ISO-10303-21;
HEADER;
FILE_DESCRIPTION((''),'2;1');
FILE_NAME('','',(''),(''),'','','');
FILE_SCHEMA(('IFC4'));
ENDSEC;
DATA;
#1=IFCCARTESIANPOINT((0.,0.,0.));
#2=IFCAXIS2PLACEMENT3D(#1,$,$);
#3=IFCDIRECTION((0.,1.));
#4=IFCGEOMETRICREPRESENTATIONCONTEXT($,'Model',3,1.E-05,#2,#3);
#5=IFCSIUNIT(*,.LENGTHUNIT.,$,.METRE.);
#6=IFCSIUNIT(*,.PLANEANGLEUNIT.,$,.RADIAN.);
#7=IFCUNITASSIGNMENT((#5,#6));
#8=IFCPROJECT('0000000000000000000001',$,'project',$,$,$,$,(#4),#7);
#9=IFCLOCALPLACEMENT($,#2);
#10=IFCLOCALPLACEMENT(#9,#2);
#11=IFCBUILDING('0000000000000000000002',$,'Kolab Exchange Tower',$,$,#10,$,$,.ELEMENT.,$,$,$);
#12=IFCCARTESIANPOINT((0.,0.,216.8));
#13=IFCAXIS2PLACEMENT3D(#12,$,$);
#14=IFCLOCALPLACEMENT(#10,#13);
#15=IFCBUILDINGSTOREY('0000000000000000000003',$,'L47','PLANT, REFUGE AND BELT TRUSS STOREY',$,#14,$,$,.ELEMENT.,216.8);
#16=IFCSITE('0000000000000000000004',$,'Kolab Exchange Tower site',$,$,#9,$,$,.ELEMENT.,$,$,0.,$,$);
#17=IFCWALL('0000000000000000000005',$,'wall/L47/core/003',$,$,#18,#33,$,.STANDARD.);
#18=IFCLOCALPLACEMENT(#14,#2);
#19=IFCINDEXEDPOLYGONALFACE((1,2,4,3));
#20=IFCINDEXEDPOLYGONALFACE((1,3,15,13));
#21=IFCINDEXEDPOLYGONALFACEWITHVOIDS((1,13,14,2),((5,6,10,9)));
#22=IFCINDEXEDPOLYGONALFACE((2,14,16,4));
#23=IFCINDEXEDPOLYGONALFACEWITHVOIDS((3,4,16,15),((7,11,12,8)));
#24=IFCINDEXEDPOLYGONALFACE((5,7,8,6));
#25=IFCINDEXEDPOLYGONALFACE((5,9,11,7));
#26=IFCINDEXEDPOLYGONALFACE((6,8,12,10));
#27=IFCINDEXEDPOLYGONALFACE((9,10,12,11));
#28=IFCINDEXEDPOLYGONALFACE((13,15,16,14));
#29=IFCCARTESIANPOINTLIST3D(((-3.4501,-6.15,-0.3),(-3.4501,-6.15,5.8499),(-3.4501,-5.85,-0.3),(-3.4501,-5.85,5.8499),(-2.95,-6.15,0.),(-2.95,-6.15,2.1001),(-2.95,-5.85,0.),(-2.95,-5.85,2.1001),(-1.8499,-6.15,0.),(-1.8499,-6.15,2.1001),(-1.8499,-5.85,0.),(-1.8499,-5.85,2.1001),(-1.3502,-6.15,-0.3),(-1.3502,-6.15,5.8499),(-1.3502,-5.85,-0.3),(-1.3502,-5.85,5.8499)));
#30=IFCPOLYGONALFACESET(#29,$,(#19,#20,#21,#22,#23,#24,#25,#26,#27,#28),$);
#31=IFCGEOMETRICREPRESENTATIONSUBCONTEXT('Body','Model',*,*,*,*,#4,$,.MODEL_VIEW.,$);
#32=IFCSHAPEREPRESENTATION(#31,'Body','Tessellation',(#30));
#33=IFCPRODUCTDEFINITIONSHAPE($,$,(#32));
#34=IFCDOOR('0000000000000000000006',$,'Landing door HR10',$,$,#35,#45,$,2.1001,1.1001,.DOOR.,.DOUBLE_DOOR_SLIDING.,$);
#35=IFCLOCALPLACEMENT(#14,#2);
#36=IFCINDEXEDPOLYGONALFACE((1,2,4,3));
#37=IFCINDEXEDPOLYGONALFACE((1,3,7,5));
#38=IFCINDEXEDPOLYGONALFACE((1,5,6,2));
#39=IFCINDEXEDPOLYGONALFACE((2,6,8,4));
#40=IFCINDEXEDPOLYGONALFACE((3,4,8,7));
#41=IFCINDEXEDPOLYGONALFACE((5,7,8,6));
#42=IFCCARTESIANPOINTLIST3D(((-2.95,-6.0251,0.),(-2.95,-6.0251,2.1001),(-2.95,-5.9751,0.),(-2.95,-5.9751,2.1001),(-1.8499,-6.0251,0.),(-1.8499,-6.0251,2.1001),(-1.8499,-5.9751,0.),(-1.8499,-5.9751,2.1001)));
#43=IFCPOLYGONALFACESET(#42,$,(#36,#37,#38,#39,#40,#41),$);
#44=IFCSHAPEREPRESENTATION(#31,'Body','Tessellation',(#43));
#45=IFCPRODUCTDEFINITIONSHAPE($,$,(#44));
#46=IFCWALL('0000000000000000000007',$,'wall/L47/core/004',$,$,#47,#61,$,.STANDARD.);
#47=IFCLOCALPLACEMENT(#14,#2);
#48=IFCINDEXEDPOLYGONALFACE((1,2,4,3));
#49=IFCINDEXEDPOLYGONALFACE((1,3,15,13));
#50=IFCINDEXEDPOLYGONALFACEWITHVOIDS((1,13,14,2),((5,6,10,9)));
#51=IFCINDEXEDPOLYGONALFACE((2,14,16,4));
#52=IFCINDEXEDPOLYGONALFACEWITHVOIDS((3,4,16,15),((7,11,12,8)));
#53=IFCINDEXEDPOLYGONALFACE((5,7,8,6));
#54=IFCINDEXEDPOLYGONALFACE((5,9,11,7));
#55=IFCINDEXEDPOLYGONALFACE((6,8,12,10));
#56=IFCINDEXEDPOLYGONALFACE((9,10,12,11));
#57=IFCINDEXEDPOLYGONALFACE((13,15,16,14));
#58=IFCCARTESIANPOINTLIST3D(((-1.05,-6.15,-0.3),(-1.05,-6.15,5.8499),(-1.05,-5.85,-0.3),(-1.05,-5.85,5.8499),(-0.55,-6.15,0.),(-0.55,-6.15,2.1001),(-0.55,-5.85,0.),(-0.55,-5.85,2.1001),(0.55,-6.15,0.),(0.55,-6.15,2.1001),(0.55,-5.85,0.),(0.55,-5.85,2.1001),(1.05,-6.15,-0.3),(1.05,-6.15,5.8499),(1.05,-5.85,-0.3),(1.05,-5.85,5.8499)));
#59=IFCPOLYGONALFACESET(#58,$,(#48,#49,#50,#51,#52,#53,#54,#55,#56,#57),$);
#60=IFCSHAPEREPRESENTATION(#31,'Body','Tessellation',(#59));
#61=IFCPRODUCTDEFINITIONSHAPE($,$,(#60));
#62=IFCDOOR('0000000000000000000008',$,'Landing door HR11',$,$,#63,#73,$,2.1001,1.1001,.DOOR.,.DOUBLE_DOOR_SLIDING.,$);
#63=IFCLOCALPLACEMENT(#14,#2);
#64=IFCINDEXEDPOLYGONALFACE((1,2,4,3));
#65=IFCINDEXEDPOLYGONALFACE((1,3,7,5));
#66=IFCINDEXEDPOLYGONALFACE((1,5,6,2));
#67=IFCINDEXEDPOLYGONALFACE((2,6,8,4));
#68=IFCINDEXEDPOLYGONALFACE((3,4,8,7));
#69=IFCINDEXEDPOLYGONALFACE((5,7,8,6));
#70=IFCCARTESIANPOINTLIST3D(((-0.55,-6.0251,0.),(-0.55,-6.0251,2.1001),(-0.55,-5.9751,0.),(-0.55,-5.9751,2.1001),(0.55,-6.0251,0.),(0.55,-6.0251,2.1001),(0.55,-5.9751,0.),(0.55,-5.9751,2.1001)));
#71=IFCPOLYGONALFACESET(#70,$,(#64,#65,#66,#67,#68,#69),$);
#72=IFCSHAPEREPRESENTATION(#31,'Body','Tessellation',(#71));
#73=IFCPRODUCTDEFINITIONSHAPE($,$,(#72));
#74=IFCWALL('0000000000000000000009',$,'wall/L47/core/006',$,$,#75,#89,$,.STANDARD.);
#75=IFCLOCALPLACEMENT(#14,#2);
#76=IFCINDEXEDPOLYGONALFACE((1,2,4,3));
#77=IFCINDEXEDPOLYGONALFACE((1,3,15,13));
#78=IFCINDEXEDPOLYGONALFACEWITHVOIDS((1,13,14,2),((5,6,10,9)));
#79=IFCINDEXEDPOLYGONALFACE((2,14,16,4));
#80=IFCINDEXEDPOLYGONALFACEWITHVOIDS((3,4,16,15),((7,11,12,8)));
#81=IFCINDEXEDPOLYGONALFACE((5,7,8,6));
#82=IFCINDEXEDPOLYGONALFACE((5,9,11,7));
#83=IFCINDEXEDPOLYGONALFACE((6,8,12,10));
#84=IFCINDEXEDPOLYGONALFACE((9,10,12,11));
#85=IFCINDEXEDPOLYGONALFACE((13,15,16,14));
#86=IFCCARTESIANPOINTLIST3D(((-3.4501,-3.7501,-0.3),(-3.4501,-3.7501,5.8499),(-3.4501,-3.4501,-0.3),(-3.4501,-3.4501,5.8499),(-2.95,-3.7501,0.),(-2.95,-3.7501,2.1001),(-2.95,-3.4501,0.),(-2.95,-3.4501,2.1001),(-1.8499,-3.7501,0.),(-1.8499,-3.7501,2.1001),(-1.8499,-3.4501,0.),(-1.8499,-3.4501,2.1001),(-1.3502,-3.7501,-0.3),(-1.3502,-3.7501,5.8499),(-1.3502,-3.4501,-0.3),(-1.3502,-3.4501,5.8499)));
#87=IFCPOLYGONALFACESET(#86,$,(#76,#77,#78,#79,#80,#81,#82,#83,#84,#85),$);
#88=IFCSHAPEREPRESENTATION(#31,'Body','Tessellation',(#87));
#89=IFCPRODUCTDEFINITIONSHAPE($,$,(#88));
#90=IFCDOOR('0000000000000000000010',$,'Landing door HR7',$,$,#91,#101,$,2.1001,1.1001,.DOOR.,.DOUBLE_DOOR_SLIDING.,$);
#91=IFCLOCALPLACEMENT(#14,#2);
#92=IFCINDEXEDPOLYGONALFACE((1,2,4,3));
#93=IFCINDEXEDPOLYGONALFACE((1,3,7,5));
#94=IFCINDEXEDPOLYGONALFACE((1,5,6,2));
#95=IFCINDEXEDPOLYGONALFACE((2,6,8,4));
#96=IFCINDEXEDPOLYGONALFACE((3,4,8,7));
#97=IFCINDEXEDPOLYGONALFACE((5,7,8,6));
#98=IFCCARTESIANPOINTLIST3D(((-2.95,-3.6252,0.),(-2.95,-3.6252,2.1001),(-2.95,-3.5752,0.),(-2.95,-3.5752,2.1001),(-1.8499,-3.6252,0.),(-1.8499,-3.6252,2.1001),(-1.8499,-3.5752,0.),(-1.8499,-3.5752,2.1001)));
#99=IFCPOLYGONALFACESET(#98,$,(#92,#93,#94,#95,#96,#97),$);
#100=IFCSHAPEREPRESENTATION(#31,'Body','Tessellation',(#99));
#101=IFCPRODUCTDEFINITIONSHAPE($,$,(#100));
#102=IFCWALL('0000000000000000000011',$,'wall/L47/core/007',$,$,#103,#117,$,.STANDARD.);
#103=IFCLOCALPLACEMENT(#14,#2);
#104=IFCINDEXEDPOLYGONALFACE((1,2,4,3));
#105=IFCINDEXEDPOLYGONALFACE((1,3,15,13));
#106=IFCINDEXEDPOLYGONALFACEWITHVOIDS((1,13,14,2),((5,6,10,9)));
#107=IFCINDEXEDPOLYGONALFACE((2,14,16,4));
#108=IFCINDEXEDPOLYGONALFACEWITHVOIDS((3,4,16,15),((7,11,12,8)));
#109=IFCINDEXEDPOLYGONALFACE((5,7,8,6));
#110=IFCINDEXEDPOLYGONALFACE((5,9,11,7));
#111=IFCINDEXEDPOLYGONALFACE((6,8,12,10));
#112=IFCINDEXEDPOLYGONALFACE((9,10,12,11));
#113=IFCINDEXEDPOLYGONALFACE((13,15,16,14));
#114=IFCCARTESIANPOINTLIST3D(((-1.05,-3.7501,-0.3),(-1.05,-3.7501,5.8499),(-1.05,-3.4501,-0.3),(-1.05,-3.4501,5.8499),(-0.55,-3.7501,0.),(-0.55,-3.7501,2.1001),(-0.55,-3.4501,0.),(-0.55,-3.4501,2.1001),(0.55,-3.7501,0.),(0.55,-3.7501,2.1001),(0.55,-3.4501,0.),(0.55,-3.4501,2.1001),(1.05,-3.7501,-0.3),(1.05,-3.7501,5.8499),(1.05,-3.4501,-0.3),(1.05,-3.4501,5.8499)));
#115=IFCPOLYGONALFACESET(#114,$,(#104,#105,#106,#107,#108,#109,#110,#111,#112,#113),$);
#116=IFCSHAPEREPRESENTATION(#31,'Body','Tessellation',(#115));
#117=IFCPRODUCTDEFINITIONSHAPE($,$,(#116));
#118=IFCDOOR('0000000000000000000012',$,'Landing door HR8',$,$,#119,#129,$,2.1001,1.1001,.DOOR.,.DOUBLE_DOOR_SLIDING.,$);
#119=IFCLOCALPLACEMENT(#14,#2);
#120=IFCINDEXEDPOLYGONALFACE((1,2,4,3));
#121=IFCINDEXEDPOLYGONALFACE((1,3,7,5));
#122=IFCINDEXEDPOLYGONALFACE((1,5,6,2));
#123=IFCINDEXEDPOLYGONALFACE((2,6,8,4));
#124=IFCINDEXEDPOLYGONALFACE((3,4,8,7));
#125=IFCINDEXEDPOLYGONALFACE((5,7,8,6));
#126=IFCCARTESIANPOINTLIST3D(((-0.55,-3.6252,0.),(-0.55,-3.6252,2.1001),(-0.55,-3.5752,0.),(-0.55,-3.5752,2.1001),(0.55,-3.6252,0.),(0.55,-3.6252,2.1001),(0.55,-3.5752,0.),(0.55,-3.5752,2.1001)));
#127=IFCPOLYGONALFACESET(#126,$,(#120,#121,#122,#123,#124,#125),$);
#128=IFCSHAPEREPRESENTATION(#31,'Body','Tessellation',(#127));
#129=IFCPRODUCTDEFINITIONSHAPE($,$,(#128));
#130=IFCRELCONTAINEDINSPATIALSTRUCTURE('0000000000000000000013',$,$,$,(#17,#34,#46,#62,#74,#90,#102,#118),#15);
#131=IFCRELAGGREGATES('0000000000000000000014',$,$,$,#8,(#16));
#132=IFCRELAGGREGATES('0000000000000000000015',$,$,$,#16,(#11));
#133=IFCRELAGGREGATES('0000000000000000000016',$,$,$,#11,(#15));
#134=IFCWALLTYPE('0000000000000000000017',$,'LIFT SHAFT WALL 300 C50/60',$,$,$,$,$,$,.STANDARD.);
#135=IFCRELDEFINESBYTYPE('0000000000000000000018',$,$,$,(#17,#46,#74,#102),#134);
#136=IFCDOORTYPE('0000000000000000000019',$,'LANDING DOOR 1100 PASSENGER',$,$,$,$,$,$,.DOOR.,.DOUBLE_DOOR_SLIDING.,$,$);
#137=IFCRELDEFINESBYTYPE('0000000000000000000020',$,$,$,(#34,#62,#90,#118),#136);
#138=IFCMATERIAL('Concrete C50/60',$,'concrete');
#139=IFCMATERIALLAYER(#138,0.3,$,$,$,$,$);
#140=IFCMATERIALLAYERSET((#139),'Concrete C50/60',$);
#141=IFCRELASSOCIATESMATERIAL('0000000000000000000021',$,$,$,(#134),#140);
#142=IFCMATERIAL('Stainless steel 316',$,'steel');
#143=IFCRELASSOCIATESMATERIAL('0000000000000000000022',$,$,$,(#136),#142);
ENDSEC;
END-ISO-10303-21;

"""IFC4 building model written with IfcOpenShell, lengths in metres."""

from ifc_helpers import new_model, si_unit, direction, frame, frame_2d, origin, place, context, subcontext, project, spatial, rectangle, extrude, material, layer, layer_set, type_object, element, fill, save


model = new_model("IFC4")

# Units and contexts
model_context = context("Model", 3, precision=1e-05, world=origin(), true_north=direction((0.0, 1.0)))
body_context = subcontext(model_context, "Body", "Model", "MODEL_VIEW")
ifc_project = project(units=[si_unit("LENGTHUNIT", "METRE"), si_unit("PLANEANGLEUNIT", "RADIAN")], contexts=[model_context])

# Site, building, storey
site_placement = place(None, origin())
site = spatial("IfcSite", under=ifc_project, at=site_placement, Name="Kolab Exchange Tower site", CompositionType="ELEMENT", RefElevation=0.0)
building_placement = place(site_placement, origin())
building = spatial("IfcBuilding", under=site, at=building_placement, Name="Kolab Exchange Tower", CompositionType="ELEMENT")
storey_placement = place(building_placement, frame((0.0, 0.0, 216.8)))
storey = spatial("IfcBuildingStorey", under=building, at=storey_placement, Name="L47", Description="PLANT, REFUGE AND BELT TRUSS STOREY", CompositionType="ELEMENT", Elevation=216.8)

# Walls, openings, doors
ifc_material_1 = material(Name="Concrete C50/60", Category="concrete")
ifc_layer_1 = layer(ifc_material_1, 0.3)
ifc_layer_set_1 = layer_set([ifc_layer_1], Name="Concrete C50/60")
wall_type_1 = type_object("IfcWallType", Name="LIFT SHAFT WALL 300 C50/60", PredefinedType="STANDARD", material=ifc_layer_set_1)
wall_1_placement = place(storey_placement, frame((-3.45, -6.0, -0.3), z_axis=(0.0, 0.0, 1.0), x_axis=(1.0, 0.0, 0.0)))
wall_1 = element("IfcWall", 1, at=wall_1_placement, inside=storey, type_object=wall_type_1, Name="wall/L47/core/003", PredefinedType="STANDARD", context=body_context, shape_type="SweptSolid", body=[
    extrude(rectangle(XDim=2.0999, YDim=0.3, at=frame_2d((1.0498, 0.0))), origin(), (0.0, 0.0, 1.0), 6.1499),
])
opening_1_placement = place(wall_1_placement, frame((0.5, 0.0, 0.3)))
opening_1 = element("IfcOpeningElement", 2, at=opening_1_placement, cuts=wall_1, PredefinedType="OPENING", context=body_context, shape_type="SweptSolid", body=[
    extrude(rectangle(XDim=1.1001, YDim=2.1001, at=frame_2d((0.55, 1.05))), frame((0.0, 0.1602, 0.0), z_axis=(0.0, -1.0, 0.0), x_axis=(1.0, 0.0, 0.0)), (0.0, 0.0, 1.0), 0.3201),
])
ifc_material_2 = material(Name="Stainless steel 316", Category="steel")
door_type_1 = type_object("IfcDoorType", Name="LANDING DOOR 1100 PASSENGER", OperationType="DOUBLE_DOOR_SLIDING", PredefinedType="DOOR", material=ifc_material_2)
door_1_placement = place(opening_1_placement, origin())
door_1 = element("IfcDoor", 3, at=door_1_placement, inside=storey, type_object=door_type_1, Name="Landing door HR10", OperationType="DOUBLE_DOOR_SLIDING", OverallHeight=2.1001, OverallWidth=1.1001, PredefinedType="DOOR", context=body_context, shape_type="SweptSolid", body=[
    extrude(rectangle(XDim=1.1001, YDim=2.1001, at=frame_2d((0.55, 1.05))), frame((0.0, 0.0249, 0.0), z_axis=(0.0, -1.0, 0.0), x_axis=(1.0, 0.0, 0.0)), (0.0, 0.0, 1.0), 0.05),
])
fill(opening_1, door_1)
wall_2_placement = place(storey_placement, frame((-1.05, -6.0, -0.3), z_axis=(0.0, 0.0, 1.0), x_axis=(1.0, 0.0, 0.0)))
wall_2 = element("IfcWall", 4, at=wall_2_placement, inside=storey, type_object=wall_type_1, Name="wall/L47/core/004", PredefinedType="STANDARD", context=body_context, shape_type="SweptSolid", body=[
    extrude(rectangle(XDim=2.1001, YDim=0.3, at=frame_2d((1.05, 0.0))), origin(), (0.0, 0.0, 1.0), 6.1499),
])
opening_2_placement = place(wall_2_placement, frame((0.5, 0.0, 0.3)))
opening_2 = element("IfcOpeningElement", 5, at=opening_2_placement, cuts=wall_2, PredefinedType="OPENING", context=body_context, shape_type="SweptSolid", body=[
    extrude(rectangle(XDim=1.1001, YDim=2.1001, at=frame_2d((0.55, 1.05))), frame((0.0, 0.1602, 0.0), z_axis=(0.0, -1.0, 0.0), x_axis=(1.0, 0.0, 0.0)), (0.0, 0.0, 1.0), 0.3201),
])
door_2_placement = place(opening_2_placement, origin())
door_2 = element("IfcDoor", 6, at=door_2_placement, inside=storey, type_object=door_type_1, Name="Landing door HR11", OperationType="DOUBLE_DOOR_SLIDING", OverallHeight=2.1001, OverallWidth=1.1001, PredefinedType="DOOR", context=body_context, shape_type="SweptSolid", body=[
    extrude(rectangle(XDim=1.1001, YDim=2.1001, at=frame_2d((0.55, 1.05))), frame((0.0, 0.0249, 0.0), z_axis=(0.0, -1.0, 0.0), x_axis=(1.0, 0.0, 0.0)), (0.0, 0.0, 1.0), 0.05),
])
fill(opening_2, door_2)
wall_3_placement = place(storey_placement, frame((-3.45, -3.6001, -0.3), z_axis=(0.0, 0.0, 1.0), x_axis=(1.0, 0.0, 0.0)))
wall_3 = element("IfcWall", 7, at=wall_3_placement, inside=storey, type_object=wall_type_1, Name="wall/L47/core/006", PredefinedType="STANDARD", context=body_context, shape_type="SweptSolid", body=[
    extrude(rectangle(XDim=2.0999, YDim=0.3, at=frame_2d((1.0498, 0.0))), origin(), (0.0, 0.0, 1.0), 6.1499),
])
opening_3_placement = place(wall_3_placement, frame((0.5, 0.0, 0.3)))
opening_3 = element("IfcOpeningElement", 8, at=opening_3_placement, cuts=wall_3, PredefinedType="OPENING", context=body_context, shape_type="SweptSolid", body=[
    extrude(rectangle(XDim=1.1001, YDim=2.1001, at=frame_2d((0.55, 1.05))), frame((0.0, 0.1602, 0.0), z_axis=(0.0, -1.0, 0.0), x_axis=(1.0, 0.0, 0.0)), (0.0, 0.0, 1.0), 0.3201),
])
door_3_placement = place(opening_3_placement, origin())
door_3 = element("IfcDoor", 9, at=door_3_placement, inside=storey, type_object=door_type_1, Name="Landing door HR7", OperationType="DOUBLE_DOOR_SLIDING", OverallHeight=2.1001, OverallWidth=1.1001, PredefinedType="DOOR", context=body_context, shape_type="SweptSolid", body=[
    extrude(rectangle(XDim=1.1001, YDim=2.1001, at=frame_2d((0.55, 1.05))), frame((0.0, 0.0249, 0.0), z_axis=(0.0, -1.0, 0.0), x_axis=(1.0, 0.0, 0.0)), (0.0, 0.0, 1.0), 0.05),
])
fill(opening_3, door_3)
wall_4_placement = place(storey_placement, frame((-1.05, -3.6001, -0.3), z_axis=(0.0, 0.0, 1.0), x_axis=(1.0, 0.0, 0.0)))
wall_4 = element("IfcWall", 10, at=wall_4_placement, inside=storey, type_object=wall_type_1, Name="wall/L47/core/007", PredefinedType="STANDARD", context=body_context, shape_type="SweptSolid", body=[
    extrude(rectangle(XDim=2.1001, YDim=0.3, at=frame_2d((1.05, 0.0))), origin(), (0.0, 0.0, 1.0), 6.1499),
])
opening_4_placement = place(wall_4_placement, frame((0.5, 0.0, 0.3)))
opening_4 = element("IfcOpeningElement", 11, at=opening_4_placement, cuts=wall_4, PredefinedType="OPENING", context=body_context, shape_type="SweptSolid", body=[
    extrude(rectangle(XDim=1.1001, YDim=2.1001, at=frame_2d((0.55, 1.05))), frame((0.0, 0.1602, 0.0), z_axis=(0.0, -1.0, 0.0), x_axis=(1.0, 0.0, 0.0)), (0.0, 0.0, 1.0), 0.3201),
])
door_4_placement = place(opening_4_placement, origin())
door_4 = element("IfcDoor", 12, at=door_4_placement, inside=storey, type_object=door_type_1, Name="Landing door HR8", OperationType="DOUBLE_DOOR_SLIDING", OverallHeight=2.1001, OverallWidth=1.1001, PredefinedType="DOOR", context=body_context, shape_type="SweptSolid", body=[
    extrude(rectangle(XDim=1.1001, YDim=2.1001, at=frame_2d((0.55, 1.05))), frame((0.0, 0.0249, 0.0), z_axis=(0.0, -1.0, 0.0), x_axis=(1.0, 0.0, 0.0)), (0.0, 0.0, 1.0), 0.05),
])
fill(opening_4, door_4)

save(model, "model.ifc")
